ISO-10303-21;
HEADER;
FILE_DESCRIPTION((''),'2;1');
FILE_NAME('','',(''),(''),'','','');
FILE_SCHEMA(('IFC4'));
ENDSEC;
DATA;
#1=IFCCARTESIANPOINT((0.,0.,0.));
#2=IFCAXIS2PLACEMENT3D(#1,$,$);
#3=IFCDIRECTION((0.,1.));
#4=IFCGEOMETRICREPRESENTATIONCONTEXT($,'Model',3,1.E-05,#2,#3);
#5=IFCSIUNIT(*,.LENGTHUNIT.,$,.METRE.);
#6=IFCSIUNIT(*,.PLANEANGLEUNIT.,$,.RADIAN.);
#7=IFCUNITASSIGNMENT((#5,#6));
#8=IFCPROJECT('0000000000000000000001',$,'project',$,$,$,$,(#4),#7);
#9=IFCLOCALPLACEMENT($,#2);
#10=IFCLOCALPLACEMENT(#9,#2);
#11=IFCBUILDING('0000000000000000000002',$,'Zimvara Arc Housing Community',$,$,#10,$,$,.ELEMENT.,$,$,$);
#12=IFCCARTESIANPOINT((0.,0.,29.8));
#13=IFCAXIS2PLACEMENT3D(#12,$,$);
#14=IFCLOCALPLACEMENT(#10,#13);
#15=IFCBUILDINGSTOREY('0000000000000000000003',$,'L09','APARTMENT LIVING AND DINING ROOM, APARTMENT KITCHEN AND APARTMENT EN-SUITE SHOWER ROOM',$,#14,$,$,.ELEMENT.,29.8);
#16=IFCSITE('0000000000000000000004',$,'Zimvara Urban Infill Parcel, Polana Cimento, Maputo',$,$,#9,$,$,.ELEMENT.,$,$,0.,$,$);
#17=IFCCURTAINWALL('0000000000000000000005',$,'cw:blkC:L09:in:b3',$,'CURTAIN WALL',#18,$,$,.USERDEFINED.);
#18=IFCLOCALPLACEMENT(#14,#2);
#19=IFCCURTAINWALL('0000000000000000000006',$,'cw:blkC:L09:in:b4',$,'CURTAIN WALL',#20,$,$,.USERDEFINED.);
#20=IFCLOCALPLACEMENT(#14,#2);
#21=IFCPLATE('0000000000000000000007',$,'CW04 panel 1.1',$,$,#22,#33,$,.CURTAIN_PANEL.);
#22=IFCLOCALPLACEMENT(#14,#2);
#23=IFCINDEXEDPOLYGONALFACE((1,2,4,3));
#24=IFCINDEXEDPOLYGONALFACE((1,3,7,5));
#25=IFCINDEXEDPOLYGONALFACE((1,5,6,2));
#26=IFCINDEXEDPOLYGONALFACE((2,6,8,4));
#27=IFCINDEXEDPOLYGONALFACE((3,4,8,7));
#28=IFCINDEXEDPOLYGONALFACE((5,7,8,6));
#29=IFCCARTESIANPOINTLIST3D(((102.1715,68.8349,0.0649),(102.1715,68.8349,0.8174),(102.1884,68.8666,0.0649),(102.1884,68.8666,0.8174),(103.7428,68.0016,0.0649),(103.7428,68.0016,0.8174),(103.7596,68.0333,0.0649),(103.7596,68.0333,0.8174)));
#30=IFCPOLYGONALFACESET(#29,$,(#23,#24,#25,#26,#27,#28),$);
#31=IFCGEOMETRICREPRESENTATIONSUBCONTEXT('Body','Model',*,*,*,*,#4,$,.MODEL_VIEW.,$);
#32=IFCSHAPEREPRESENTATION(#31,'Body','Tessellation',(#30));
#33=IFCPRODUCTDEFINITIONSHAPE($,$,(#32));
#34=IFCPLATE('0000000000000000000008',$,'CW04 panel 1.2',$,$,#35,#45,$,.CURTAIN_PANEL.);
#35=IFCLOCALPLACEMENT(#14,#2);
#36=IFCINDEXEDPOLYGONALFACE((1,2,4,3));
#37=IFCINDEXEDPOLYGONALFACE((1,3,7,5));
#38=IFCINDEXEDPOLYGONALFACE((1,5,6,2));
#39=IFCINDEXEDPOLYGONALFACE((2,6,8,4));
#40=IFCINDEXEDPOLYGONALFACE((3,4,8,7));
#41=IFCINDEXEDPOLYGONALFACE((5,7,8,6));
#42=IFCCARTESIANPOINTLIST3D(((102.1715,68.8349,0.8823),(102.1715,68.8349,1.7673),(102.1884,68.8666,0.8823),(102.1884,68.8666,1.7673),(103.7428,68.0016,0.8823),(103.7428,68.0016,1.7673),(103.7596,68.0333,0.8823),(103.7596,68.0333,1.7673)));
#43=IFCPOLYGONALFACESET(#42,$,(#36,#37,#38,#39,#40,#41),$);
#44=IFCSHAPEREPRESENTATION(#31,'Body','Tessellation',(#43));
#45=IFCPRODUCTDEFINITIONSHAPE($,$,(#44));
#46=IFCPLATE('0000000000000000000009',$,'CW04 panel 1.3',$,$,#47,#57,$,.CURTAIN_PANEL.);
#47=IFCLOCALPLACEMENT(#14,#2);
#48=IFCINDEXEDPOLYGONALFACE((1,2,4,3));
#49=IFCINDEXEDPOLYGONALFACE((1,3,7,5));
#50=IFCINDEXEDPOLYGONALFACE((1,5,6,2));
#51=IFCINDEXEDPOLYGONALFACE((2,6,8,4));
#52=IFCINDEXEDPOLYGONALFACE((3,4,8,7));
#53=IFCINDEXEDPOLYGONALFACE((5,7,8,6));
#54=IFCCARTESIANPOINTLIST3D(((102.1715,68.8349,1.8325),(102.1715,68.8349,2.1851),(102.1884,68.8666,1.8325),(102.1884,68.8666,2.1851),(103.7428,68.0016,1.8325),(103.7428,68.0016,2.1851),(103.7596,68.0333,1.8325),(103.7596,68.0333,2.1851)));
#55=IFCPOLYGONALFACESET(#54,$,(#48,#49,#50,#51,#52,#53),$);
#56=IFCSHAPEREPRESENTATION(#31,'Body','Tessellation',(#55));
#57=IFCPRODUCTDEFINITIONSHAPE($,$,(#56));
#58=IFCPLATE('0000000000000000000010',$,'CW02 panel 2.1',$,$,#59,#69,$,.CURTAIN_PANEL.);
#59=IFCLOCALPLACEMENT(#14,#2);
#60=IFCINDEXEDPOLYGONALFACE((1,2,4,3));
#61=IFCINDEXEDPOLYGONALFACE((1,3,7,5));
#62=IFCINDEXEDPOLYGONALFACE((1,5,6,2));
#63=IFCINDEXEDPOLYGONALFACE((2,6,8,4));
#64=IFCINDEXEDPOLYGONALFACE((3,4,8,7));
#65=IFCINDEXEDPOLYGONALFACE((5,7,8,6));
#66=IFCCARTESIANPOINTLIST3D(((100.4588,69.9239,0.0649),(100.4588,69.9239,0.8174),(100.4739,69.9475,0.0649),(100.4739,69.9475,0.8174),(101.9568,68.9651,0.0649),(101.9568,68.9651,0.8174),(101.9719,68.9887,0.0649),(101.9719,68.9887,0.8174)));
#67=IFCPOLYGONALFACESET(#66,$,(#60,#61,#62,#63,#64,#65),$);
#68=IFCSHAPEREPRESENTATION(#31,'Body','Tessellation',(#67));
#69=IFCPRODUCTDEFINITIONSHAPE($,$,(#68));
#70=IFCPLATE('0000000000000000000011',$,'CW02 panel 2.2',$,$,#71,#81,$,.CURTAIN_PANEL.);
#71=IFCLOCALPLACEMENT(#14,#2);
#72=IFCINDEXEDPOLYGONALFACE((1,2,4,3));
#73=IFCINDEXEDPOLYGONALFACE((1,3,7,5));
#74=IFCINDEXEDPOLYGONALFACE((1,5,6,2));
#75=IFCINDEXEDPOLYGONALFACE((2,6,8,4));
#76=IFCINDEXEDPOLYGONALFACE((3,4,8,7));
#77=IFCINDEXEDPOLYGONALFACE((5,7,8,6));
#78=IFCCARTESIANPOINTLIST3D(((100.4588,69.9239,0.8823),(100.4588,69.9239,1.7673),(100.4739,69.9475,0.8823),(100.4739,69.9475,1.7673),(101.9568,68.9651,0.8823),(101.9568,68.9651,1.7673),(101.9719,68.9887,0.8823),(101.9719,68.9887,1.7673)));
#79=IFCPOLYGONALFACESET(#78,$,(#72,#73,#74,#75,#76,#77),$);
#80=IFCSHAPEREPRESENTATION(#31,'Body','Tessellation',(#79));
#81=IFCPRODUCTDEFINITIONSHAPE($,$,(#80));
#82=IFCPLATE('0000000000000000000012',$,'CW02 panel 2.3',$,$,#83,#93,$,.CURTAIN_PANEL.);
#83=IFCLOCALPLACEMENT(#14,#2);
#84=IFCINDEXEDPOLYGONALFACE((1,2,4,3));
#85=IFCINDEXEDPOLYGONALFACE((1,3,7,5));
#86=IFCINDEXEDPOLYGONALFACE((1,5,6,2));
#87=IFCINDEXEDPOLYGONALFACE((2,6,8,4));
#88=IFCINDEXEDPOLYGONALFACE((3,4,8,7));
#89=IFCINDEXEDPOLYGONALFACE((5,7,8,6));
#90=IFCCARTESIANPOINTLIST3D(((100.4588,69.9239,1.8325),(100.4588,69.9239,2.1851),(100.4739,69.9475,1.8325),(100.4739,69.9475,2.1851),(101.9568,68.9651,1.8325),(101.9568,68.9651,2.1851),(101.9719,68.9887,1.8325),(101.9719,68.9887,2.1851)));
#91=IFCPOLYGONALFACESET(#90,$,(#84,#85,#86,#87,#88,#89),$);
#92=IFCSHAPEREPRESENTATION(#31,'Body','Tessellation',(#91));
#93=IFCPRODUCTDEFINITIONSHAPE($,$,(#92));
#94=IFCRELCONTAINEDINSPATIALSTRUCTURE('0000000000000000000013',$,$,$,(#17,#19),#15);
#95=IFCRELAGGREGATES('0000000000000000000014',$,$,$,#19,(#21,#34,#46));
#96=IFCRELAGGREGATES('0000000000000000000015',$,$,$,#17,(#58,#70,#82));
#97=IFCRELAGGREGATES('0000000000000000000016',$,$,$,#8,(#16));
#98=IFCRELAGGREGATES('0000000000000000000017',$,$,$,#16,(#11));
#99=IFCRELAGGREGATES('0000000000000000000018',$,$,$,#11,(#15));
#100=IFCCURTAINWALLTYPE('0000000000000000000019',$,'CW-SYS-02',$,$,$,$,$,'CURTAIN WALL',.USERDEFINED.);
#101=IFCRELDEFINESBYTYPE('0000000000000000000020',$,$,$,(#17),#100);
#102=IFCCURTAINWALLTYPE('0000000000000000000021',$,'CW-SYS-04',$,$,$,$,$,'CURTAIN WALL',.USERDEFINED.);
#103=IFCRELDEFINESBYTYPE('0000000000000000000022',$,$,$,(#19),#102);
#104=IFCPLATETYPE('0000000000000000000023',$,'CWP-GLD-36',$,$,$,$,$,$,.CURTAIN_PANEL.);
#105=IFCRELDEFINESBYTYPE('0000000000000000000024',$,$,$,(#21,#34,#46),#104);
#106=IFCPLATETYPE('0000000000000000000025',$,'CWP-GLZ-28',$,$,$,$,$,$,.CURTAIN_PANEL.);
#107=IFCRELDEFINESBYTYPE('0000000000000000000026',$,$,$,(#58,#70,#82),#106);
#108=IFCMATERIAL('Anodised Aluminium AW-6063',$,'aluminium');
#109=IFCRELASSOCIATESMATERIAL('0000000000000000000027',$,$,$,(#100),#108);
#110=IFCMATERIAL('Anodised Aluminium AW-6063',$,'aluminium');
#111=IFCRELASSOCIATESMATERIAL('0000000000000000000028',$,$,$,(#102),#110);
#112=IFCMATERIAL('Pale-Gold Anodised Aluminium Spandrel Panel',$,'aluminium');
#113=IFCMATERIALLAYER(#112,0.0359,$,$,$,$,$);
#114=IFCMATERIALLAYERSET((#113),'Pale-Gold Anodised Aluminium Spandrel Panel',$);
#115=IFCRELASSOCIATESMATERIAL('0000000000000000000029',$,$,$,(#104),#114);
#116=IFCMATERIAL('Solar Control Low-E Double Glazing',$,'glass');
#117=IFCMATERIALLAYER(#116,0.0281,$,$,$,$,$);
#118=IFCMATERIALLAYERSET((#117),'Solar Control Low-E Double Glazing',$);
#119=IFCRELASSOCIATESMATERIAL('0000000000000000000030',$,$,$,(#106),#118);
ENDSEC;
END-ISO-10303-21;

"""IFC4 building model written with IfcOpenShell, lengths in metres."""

from ifc_helpers import new_model, si_unit, direction, frame, origin, origin_2d, place, context, subcontext, project, spatial, rectangle, extrude, material, layer, layer_set, type_object, element, aggregate, save


model = new_model("IFC4")

# Units and contexts
model_context = context("Model", 3, precision=1e-05, world=origin(), true_north=direction((0.0, 1.0)))
body_context = subcontext(model_context, "Body", "Model", "MODEL_VIEW")
ifc_project = project(units=[si_unit("LENGTHUNIT", "METRE"), si_unit("PLANEANGLEUNIT", "RADIAN")], contexts=[model_context])

# Site, building, storey
site_placement = place(None, origin())
site = spatial("IfcSite", under=ifc_project, at=site_placement, Name="Zimvara Urban Infill Parcel, Polana Cimento, Maputo", CompositionType="ELEMENT", RefElevation=0.0)
building_placement = place(site_placement, origin())
building = spatial("IfcBuilding", under=site, at=building_placement, Name="Zimvara Arc Housing Community", CompositionType="ELEMENT")
storey_placement = place(building_placement, frame((0.0, 0.0, 29.8)))
storey = spatial("IfcBuildingStorey", under=building, at=storey_placement, Name="L09", Description="APARTMENT LIVING AND DINING ROOM, APARTMENT KITCHEN AND APARTMENT EN-SUITE SHOWER ROOM", CompositionType="ELEMENT", Elevation=29.8)

# Curtain walls
ifc_material_1 = material(Name="Anodised Aluminium AW-6063", Category="aluminium")
curtain_wall_type_1 = type_object("IfcCurtainWallType", Name="CW-SYS-02", ElementType="CURTAIN WALL", PredefinedType="USERDEFINED", material=ifc_material_1)
curtain_wall_1_placement = place(storey_placement, origin())
curtain_wall_1 = element("IfcCurtainWall", 1, at=curtain_wall_1_placement, inside=storey, type_object=curtain_wall_type_1, Name="cw:blkC:L09:in:b3", ObjectType="CURTAIN WALL", PredefinedType="USERDEFINED")
ifc_material_2 = material(Name="Anodised Aluminium AW-6063", Category="aluminium")
curtain_wall_type_2 = type_object("IfcCurtainWallType", Name="CW-SYS-04", ElementType="CURTAIN WALL", PredefinedType="USERDEFINED", material=ifc_material_2)
curtain_wall_2_placement = place(storey_placement, origin())
curtain_wall_2 = element("IfcCurtainWall", 2, at=curtain_wall_2_placement, inside=storey, type_object=curtain_wall_type_2, Name="cw:blkC:L09:in:b4", ObjectType="CURTAIN WALL", PredefinedType="USERDEFINED")

# Plates
ifc_material_3 = material(Name="Pale-Gold Anodised Aluminium Spandrel Panel", Category="aluminium")
ifc_layer_1 = layer(ifc_material_3, 0.0359)
ifc_layer_set_1 = layer_set([ifc_layer_1], Name="Pale-Gold Anodised Aluminium Spandrel Panel")
plate_type_1 = type_object("IfcPlateType", Name="CWP-GLD-36", PredefinedType="CURTAIN_PANEL", material=ifc_layer_set_1)
plate_1_placement = place(storey_placement, frame((102.9656, 68.4341, 0.0649), z_axis=(0.0, 0.0, 1.0), x_axis=(0.883439, -0.468547, 0.0)))
plate_1 = element("IfcPlate", 3, at=plate_1_placement, type_object=plate_type_1, Name="CW04 panel 1.1", PredefinedType="CURTAIN_PANEL", context=body_context, shape_type="SweptSolid", body=[
    extrude(rectangle(XDim=1.7786, YDim=0.0359, at=origin_2d()), origin(), (0.0, 0.0, 1.0), 0.7524),
])
plate_2_placement = place(storey_placement, frame((102.9656, 68.4341, 0.8823), z_axis=(0.0, 0.0, 1.0), x_axis=(0.883439, -0.468547, 0.0)))
plate_2 = element("IfcPlate", 4, at=plate_2_placement, type_object=plate_type_1, Name="CW04 panel 1.2", PredefinedType="CURTAIN_PANEL", context=body_context, shape_type="SweptSolid", body=[
    extrude(rectangle(XDim=1.7786, YDim=0.0359, at=origin_2d()), origin(), (0.0, 0.0, 1.0), 0.885),
])
plate_3_placement = place(storey_placement, frame((102.9656, 68.4341, 1.8325), z_axis=(0.0, 0.0, 1.0), x_axis=(0.883439, -0.468547, 0.0)))
plate_3 = element("IfcPlate", 5, at=plate_3_placement, type_object=plate_type_1, Name="CW04 panel 1.3", PredefinedType="CURTAIN_PANEL", context=body_context, shape_type="SweptSolid", body=[
    extrude(rectangle(XDim=1.7786, YDim=0.0359, at=origin_2d()), origin(), (0.0, 0.0, 1.0), 0.3525),
])
aggregate(curtain_wall_2, [plate_1, plate_2, plate_3])
ifc_material_4 = material(Name="Solar Control Low-E Double Glazing", Category="glass")
ifc_layer_2 = layer(ifc_material_4, 0.0281)
ifc_layer_set_2 = layer_set([ifc_layer_2], Name="Solar Control Low-E Double Glazing")
plate_type_2 = type_object("IfcPlateType", Name="CWP-GLZ-28", PredefinedType="CURTAIN_PANEL", material=ifc_layer_set_2)
plate_4_placement = place(storey_placement, frame((101.2153, 69.4563, 0.0649), z_axis=(0.0, 0.0, 1.0), x_axis=(0.842264, -0.539065, 0.0)))
plate_4 = element("IfcPlate", 6, at=plate_4_placement, type_object=plate_type_2, Name="CW02 panel 2.1", PredefinedType="CURTAIN_PANEL", context=body_context, shape_type="SweptSolid", body=[
    extrude(rectangle(XDim=1.7786, YDim=0.0281, at=origin_2d()), origin(), (0.0, 0.0, 1.0), 0.7524),
])
plate_5_placement = place(storey_placement, frame((101.2153, 69.4563, 0.8823), z_axis=(0.0, 0.0, 1.0), x_axis=(0.842264, -0.539065, 0.0)))
plate_5 = element("IfcPlate", 7, at=plate_5_placement, type_object=plate_type_2, Name="CW02 panel 2.2", PredefinedType="CURTAIN_PANEL", context=body_context, shape_type="SweptSolid", body=[
    extrude(rectangle(XDim=1.7786, YDim=0.0281, at=origin_2d()), origin(), (0.0, 0.0, 1.0), 0.885),
])
plate_6_placement = place(storey_placement, frame((101.2153, 69.4563, 1.8325), z_axis=(0.0, 0.0, 1.0), x_axis=(0.842264, -0.539065, 0.0)))
plate_6 = element("IfcPlate", 8, at=plate_6_placement, type_object=plate_type_2, Name="CW02 panel 2.3", PredefinedType="CURTAIN_PANEL", context=body_context, shape_type="SweptSolid", body=[
    extrude(rectangle(XDim=1.7786, YDim=0.0281, at=origin_2d()), origin(), (0.0, 0.0, 1.0), 0.3525),
])
aggregate(curtain_wall_1, [plate_4, plate_5, plate_6])

save(model, "model.ifc")
